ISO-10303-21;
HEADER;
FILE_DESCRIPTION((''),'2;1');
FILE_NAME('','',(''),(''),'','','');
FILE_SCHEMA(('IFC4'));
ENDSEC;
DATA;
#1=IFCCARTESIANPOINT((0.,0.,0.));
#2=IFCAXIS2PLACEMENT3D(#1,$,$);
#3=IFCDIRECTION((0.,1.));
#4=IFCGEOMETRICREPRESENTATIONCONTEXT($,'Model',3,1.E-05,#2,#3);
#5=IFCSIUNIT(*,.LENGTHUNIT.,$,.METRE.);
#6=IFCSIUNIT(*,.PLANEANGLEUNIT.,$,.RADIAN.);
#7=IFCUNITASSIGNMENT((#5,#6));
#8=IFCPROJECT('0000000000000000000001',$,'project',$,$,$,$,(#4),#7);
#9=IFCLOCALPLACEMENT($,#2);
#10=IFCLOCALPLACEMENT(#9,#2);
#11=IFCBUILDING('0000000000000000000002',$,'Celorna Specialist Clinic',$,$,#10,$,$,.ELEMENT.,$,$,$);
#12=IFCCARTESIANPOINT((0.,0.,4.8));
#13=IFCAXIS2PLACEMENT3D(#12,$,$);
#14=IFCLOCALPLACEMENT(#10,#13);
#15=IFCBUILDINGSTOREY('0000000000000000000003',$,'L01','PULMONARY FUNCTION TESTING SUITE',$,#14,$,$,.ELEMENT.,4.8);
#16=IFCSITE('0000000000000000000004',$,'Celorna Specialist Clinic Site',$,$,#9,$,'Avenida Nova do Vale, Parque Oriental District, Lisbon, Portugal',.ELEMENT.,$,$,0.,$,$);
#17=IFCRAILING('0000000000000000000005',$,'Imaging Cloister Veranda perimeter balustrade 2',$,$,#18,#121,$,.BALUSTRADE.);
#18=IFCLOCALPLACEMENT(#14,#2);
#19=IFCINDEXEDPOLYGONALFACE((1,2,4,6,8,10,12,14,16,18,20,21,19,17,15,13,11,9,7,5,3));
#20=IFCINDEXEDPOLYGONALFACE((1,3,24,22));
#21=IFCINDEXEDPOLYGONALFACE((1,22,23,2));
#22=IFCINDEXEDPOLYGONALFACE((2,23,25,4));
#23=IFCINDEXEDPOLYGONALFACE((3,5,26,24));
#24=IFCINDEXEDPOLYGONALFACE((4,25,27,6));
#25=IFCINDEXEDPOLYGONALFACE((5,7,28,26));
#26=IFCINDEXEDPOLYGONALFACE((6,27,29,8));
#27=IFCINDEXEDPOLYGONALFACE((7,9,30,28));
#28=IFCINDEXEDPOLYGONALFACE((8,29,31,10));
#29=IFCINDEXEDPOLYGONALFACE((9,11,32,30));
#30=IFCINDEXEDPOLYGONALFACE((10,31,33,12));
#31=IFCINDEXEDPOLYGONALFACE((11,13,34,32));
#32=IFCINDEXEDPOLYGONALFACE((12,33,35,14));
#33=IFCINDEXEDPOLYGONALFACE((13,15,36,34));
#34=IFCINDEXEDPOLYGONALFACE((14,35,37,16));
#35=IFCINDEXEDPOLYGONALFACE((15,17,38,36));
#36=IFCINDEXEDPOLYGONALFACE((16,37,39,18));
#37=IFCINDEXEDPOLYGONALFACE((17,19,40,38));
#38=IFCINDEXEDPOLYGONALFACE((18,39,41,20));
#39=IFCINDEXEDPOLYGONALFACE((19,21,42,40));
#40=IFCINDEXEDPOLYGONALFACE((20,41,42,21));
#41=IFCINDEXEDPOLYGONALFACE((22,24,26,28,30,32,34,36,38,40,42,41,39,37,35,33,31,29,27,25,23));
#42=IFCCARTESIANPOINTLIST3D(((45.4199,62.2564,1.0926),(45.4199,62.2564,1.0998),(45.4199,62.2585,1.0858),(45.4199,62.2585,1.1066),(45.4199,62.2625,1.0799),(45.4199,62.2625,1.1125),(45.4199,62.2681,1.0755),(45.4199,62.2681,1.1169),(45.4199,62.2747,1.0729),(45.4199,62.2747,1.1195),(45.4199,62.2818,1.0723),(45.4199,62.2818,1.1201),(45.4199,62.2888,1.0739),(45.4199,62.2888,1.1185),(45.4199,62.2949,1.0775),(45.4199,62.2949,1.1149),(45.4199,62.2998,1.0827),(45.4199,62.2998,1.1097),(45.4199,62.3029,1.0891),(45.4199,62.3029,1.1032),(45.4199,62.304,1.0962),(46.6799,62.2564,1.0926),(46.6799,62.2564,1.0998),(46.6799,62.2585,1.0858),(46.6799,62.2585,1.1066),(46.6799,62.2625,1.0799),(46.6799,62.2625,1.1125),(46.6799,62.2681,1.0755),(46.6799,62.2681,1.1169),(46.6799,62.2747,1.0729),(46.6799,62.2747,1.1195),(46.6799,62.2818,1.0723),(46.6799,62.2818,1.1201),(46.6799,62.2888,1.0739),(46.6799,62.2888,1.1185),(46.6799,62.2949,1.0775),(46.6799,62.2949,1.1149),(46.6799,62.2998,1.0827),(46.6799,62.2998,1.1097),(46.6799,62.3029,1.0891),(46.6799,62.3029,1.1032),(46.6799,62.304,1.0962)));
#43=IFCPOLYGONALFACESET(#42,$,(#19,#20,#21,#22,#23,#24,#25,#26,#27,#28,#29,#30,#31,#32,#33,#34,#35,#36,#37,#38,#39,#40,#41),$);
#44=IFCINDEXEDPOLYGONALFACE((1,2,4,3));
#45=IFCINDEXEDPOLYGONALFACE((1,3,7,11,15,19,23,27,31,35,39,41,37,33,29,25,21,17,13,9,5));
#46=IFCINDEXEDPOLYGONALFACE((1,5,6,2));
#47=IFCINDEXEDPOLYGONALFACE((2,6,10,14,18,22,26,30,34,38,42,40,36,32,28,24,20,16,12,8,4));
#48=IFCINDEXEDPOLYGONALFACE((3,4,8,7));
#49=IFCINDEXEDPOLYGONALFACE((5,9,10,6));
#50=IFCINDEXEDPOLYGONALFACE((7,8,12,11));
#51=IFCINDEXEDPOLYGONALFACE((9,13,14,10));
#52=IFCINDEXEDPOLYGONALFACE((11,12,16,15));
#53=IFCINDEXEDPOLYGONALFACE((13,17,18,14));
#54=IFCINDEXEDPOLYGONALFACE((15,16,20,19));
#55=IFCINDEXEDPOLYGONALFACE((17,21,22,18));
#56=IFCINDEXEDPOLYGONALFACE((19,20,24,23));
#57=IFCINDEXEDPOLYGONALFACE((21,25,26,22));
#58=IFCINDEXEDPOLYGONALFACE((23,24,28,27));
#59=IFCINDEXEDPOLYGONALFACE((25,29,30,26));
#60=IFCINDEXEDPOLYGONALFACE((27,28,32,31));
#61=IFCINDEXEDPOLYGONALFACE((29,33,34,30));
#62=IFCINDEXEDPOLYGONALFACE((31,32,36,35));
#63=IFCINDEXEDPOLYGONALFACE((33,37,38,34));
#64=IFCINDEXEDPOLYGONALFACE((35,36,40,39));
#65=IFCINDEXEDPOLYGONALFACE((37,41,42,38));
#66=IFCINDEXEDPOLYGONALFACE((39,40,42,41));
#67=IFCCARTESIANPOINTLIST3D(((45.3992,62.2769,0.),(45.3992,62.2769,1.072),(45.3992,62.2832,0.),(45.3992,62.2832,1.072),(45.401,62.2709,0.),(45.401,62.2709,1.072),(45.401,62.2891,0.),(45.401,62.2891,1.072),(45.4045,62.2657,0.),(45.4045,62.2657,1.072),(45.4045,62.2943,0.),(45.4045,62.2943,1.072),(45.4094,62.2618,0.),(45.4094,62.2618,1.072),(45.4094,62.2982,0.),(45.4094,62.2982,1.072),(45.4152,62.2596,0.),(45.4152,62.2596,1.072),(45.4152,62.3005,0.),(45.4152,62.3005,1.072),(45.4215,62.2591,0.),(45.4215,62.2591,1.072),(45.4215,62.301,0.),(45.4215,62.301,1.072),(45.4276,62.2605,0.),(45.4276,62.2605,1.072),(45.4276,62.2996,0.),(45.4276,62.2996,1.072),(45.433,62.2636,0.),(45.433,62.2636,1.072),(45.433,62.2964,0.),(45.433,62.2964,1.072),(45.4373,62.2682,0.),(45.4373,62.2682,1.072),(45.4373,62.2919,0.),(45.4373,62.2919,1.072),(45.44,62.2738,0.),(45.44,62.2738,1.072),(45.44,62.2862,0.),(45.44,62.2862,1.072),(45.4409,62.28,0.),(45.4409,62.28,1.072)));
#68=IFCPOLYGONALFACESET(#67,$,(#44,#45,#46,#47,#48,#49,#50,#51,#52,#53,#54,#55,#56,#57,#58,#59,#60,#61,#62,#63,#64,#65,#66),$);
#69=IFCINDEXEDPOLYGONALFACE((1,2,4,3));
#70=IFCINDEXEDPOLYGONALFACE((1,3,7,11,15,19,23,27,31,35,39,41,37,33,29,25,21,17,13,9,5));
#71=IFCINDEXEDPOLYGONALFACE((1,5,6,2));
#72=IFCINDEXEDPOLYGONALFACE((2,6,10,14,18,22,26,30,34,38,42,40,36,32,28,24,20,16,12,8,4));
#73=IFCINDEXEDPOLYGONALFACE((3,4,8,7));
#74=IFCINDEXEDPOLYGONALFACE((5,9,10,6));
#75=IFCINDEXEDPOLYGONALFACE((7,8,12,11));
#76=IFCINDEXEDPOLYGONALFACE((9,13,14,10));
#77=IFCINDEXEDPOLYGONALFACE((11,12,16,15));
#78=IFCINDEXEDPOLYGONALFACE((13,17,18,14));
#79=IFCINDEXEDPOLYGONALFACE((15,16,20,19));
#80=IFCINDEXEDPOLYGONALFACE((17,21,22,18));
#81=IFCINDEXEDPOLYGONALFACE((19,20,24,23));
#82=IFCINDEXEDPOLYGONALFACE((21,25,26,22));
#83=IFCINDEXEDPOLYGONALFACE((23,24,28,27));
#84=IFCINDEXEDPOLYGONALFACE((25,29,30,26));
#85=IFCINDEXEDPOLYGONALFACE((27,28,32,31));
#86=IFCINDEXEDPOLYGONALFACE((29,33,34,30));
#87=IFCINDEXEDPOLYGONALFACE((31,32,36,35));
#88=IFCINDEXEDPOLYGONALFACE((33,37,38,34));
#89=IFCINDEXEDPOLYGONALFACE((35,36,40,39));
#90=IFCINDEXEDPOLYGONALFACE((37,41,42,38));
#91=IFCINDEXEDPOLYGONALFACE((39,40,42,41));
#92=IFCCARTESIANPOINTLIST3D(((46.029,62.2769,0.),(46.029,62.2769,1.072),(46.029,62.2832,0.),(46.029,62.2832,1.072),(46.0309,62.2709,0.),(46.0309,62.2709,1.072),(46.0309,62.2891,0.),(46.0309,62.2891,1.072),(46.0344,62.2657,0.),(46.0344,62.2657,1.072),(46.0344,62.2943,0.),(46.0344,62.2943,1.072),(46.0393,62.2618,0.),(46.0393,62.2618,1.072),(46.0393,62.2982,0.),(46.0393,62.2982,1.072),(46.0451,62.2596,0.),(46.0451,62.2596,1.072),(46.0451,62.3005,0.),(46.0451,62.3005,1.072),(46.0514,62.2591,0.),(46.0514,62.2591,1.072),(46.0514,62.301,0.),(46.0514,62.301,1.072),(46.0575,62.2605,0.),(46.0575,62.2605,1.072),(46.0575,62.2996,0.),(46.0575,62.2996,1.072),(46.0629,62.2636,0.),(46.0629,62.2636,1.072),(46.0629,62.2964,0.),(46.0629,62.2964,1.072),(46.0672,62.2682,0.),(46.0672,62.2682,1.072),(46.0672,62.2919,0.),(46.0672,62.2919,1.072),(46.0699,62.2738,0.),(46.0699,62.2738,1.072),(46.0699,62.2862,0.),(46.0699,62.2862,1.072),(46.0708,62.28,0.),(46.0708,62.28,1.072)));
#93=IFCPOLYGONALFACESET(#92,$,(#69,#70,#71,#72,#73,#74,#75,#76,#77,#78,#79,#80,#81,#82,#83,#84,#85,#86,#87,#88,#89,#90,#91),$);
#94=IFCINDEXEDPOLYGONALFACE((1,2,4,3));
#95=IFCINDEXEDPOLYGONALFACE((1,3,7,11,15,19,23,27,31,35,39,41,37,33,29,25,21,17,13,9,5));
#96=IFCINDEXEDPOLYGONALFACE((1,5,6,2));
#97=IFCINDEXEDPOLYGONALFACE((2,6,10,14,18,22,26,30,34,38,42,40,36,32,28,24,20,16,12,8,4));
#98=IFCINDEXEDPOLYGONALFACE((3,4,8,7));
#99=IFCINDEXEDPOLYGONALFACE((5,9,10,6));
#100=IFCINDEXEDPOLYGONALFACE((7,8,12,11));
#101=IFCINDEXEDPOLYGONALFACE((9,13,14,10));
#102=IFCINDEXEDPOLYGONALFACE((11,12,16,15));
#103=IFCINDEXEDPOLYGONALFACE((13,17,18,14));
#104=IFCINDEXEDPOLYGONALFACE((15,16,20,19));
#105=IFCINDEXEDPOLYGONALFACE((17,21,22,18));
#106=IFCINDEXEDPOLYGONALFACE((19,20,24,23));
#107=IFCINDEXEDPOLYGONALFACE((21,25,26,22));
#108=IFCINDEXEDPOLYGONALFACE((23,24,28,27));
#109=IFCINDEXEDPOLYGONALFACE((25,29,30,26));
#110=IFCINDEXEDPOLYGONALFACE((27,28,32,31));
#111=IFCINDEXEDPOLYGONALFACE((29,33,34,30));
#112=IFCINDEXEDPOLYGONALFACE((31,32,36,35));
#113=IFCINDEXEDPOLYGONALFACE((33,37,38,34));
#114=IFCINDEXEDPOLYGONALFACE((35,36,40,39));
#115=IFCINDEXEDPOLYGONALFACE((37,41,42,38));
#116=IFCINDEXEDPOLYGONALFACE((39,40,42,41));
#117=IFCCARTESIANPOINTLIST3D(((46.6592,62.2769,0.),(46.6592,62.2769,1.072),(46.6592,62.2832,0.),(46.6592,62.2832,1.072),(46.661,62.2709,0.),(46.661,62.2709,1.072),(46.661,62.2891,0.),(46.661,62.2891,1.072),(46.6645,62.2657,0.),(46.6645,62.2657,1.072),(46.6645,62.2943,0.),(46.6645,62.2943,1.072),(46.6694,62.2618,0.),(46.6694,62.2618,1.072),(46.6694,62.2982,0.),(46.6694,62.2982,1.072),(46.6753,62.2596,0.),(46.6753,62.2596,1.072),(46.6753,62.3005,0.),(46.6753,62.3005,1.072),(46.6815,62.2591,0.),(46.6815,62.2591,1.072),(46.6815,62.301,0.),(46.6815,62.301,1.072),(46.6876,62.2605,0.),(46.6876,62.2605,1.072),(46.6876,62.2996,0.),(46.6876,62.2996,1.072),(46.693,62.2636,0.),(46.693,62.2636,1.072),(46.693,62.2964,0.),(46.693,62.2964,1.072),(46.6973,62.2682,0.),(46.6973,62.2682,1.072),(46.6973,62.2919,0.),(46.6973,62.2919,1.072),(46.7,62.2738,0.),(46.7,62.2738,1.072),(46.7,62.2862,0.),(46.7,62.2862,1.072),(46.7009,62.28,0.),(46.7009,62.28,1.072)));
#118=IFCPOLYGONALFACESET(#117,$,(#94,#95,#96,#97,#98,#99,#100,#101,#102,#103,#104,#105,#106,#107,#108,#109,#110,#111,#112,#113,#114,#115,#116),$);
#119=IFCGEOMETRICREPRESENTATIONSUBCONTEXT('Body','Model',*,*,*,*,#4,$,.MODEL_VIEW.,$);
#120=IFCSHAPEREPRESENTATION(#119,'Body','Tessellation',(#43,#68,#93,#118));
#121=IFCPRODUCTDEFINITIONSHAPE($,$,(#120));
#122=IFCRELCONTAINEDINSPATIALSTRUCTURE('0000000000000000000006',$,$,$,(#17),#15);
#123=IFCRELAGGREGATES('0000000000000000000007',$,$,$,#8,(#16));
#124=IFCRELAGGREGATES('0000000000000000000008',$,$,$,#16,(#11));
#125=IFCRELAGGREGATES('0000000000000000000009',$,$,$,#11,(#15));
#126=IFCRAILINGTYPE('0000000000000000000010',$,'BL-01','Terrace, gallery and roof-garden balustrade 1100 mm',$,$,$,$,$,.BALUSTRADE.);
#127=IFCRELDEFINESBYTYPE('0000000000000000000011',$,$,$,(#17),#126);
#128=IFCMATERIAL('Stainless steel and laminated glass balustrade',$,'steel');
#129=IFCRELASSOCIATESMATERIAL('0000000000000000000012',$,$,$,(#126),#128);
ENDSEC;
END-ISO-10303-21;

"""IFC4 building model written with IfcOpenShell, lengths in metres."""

from ifc_helpers import new_model, si_unit, direction, frame, origin, origin_2d, place, context, subcontext, project, spatial, circle, extrude, material, type_object, element, save


model = new_model("IFC4")

# Units and contexts
model_context = context("Model", 3, precision=1e-05, world=origin(), true_north=direction((0.0, 1.0)))
body_context = subcontext(model_context, "Body", "Model", "MODEL_VIEW")
ifc_project = project(units=[si_unit("LENGTHUNIT", "METRE"), si_unit("PLANEANGLEUNIT", "RADIAN")], contexts=[model_context])

# Site, building, storey
site_placement = place(None, origin())
site = spatial("IfcSite", under=ifc_project, at=site_placement, Name="Celorna Specialist Clinic Site", LongName="Avenida Nova do Vale, Parque Oriental District, Lisbon, Portugal", CompositionType="ELEMENT", RefElevation=0.0)
building_placement = place(site_placement, origin())
building = spatial("IfcBuilding", under=site, at=building_placement, Name="Celorna Specialist Clinic", CompositionType="ELEMENT")
storey_placement = place(building_placement, frame((0.0, 0.0, 4.8)))
storey = spatial("IfcBuildingStorey", under=building, at=storey_placement, Name="L01", Description="PULMONARY FUNCTION TESTING SUITE", CompositionType="ELEMENT", Elevation=4.8)

# Railing
ifc_material_1 = material(Name="Stainless steel and laminated glass balustrade", Category="steel")
railing_type = type_object("IfcRailingType", Name="BL-01", Description="Terrace, gallery and roof-garden balustrade 1100 mm", PredefinedType="BALUSTRADE", material=ifc_material_1)
railing_1_placement = place(storey_placement, frame((45.4199, 62.28, 0.0)))
element("IfcRailing", 1, at=railing_1_placement, inside=storey, type_object=railing_type, Name="Imaging Cloister Veranda perimeter balustrade 2", PredefinedType="BALUSTRADE", context=body_context, shape_type="SweptSolid", body=[
    extrude(circle(Radius=0.0239, at=origin_2d()), frame((0.0, 0.0, 1.0962), z_axis=(1.0, 0.0, 0.0), x_axis=(0.0, 1.0, 0.0)), (0.0, 0.0, 1.0), 1.26),
    extrude(circle(Radius=0.021, at=origin_2d()), origin(), (0.0, 0.0, 1.0), 1.072),
    extrude(circle(Radius=0.021, at=origin_2d()), frame((0.6299, 0.0, 0.0)), (0.0, 0.0, 1.0), 1.072),
    extrude(circle(Radius=0.021, at=origin_2d()), frame((1.26, 0.0, 0.0)), (0.0, 0.0, 1.0), 1.072),
])

save(model, "model.ifc")
